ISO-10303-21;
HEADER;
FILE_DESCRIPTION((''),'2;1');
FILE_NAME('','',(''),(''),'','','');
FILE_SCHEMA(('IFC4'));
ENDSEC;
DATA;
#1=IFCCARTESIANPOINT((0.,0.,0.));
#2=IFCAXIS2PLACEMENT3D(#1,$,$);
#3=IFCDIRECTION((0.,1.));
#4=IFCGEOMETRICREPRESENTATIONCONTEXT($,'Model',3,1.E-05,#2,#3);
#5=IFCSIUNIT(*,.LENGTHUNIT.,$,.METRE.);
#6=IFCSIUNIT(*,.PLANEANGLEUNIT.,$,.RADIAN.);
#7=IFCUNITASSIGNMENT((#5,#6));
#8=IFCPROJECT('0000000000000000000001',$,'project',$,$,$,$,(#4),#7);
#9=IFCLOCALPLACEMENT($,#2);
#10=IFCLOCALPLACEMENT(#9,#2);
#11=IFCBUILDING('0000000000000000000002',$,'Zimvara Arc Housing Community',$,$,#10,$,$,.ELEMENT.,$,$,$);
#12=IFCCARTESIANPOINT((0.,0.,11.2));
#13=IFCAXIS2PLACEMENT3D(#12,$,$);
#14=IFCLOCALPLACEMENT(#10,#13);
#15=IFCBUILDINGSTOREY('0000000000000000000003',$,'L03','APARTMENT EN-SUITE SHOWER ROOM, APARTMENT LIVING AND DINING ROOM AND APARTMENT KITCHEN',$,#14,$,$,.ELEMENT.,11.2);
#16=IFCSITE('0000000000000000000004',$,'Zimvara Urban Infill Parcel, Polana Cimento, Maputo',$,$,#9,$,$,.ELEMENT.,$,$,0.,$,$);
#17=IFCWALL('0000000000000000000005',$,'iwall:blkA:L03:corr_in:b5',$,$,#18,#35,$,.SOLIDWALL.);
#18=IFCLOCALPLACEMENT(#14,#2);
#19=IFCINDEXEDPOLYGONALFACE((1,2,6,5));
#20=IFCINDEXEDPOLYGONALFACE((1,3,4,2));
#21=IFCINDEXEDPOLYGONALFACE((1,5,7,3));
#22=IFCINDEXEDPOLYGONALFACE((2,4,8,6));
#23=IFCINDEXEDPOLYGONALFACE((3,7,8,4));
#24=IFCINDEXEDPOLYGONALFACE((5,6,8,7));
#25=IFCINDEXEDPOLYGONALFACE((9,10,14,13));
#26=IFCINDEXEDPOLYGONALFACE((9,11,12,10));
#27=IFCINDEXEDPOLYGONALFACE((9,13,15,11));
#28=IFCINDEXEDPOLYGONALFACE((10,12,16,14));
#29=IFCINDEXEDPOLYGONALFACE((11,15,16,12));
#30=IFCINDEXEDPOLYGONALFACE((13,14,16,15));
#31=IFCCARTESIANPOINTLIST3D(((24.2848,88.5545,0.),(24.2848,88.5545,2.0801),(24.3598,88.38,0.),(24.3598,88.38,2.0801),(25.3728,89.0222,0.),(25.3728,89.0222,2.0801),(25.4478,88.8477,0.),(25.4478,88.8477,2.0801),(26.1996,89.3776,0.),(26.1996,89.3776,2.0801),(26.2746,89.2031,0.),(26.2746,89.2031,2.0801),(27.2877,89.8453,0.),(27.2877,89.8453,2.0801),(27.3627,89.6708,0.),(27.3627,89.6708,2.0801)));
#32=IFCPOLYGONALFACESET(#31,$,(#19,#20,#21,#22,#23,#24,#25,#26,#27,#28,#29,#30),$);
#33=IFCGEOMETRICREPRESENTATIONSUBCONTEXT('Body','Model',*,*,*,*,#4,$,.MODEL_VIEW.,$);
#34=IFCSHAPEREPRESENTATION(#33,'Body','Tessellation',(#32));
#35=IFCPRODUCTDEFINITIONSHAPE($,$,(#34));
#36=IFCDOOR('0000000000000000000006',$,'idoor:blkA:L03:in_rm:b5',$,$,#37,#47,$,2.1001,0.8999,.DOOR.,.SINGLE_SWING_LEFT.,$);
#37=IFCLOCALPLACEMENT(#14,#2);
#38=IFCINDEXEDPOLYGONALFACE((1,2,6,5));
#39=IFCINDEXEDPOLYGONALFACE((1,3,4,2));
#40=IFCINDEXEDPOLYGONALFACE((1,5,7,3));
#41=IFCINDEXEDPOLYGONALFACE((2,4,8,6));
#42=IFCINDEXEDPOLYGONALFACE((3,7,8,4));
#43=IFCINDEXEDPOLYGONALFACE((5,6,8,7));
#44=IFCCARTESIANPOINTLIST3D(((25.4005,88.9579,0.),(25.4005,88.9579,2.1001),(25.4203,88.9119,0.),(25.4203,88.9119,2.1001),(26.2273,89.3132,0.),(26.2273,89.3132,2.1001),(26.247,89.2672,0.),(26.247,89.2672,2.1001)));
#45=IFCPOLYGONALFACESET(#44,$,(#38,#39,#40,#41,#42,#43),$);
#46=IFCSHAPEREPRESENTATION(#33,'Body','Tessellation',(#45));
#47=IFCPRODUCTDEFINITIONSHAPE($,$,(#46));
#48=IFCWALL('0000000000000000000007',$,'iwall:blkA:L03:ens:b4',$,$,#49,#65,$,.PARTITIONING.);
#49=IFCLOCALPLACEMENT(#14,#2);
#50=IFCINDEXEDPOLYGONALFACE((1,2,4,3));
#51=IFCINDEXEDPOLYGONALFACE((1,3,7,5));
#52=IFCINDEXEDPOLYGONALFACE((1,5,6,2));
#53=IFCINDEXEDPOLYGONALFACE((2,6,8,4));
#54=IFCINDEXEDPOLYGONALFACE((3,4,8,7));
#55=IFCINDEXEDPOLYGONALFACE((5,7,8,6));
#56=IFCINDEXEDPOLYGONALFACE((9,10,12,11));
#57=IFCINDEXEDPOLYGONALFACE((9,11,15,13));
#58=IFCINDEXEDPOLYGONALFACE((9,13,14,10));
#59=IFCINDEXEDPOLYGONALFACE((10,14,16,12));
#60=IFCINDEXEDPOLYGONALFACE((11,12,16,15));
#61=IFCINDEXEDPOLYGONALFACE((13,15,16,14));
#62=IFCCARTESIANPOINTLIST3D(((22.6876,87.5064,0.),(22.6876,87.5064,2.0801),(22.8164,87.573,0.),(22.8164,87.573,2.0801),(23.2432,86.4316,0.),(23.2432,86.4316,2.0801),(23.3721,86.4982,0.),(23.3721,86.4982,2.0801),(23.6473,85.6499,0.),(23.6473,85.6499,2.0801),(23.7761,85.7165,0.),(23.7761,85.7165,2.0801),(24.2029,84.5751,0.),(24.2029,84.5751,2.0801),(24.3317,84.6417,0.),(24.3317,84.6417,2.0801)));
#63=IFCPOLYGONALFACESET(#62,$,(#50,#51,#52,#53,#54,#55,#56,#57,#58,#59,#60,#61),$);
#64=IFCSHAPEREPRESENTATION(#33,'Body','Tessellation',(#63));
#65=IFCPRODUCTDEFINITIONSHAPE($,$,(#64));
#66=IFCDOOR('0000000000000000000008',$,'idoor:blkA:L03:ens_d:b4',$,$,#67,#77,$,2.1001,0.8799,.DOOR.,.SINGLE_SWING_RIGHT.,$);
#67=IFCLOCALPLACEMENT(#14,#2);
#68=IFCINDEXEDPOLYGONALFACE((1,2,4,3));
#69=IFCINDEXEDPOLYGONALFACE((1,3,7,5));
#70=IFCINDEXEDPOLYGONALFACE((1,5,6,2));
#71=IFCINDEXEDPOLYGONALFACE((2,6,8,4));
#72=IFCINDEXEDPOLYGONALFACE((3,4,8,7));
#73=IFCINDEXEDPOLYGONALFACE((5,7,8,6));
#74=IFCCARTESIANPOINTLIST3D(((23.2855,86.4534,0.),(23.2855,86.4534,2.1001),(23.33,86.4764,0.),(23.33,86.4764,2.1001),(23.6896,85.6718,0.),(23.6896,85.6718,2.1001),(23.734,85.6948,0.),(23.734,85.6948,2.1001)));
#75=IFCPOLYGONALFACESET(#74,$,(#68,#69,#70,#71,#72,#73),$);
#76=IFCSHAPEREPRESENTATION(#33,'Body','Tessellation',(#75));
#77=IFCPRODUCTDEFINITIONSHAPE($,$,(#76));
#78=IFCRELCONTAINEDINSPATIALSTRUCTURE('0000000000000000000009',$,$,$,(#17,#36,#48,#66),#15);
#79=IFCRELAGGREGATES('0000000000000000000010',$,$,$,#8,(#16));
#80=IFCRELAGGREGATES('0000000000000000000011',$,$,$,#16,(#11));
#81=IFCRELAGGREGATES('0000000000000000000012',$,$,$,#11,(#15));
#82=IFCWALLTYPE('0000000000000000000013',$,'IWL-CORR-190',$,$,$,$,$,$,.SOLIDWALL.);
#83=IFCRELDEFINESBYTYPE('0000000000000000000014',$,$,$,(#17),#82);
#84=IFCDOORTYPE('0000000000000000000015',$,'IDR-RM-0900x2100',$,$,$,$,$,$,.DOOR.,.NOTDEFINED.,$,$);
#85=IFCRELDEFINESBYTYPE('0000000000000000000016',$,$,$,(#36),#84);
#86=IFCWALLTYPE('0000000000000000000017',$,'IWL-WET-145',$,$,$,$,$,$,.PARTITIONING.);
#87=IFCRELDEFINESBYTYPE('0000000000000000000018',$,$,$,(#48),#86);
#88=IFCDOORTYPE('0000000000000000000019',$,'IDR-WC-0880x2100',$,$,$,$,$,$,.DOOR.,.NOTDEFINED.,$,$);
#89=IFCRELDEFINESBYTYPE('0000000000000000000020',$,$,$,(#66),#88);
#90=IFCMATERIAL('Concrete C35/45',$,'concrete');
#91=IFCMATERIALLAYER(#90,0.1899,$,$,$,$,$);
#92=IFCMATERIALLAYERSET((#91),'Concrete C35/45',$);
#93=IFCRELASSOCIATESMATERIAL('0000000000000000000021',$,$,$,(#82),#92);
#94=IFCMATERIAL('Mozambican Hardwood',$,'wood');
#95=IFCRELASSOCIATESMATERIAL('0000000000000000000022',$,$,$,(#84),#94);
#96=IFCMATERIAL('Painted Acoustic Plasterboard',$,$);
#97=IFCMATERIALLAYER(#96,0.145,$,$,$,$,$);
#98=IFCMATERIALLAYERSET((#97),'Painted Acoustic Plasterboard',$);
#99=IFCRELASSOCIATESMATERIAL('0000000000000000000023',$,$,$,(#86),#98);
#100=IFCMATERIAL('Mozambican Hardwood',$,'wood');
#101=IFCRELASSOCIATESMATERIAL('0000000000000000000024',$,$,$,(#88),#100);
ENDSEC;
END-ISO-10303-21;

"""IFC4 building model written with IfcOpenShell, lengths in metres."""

from ifc_helpers import new_model, si_unit, direction, frame, frame_2d, origin, place, context, subcontext, project, spatial, rectangle, extrude, material, layer, layer_set, type_object, element, fill, save


model = new_model("IFC4")

# Units and contexts
model_context = context("Model", 3, precision=1e-05, world=origin(), true_north=direction((0.0, 1.0)))
body_context = subcontext(model_context, "Body", "Model", "MODEL_VIEW")
ifc_project = project(units=[si_unit("LENGTHUNIT", "METRE"), si_unit("PLANEANGLEUNIT", "RADIAN")], contexts=[model_context])

# Site, building, storey
site_placement = place(None, origin())
site = spatial("IfcSite", under=ifc_project, at=site_placement, Name="Zimvara Urban Infill Parcel, Polana Cimento, Maputo", CompositionType="ELEMENT", RefElevation=0.0)
building_placement = place(site_placement, origin())
building = spatial("IfcBuilding", under=site, at=building_placement, Name="Zimvara Arc Housing Community", CompositionType="ELEMENT")
storey_placement = place(building_placement, frame((0.0, 0.0, 11.2)))
storey = spatial("IfcBuildingStorey", under=building, at=storey_placement, Name="L03", Description="APARTMENT EN-SUITE SHOWER ROOM, APARTMENT LIVING AND DINING ROOM AND APARTMENT KITCHEN", CompositionType="ELEMENT", Elevation=11.2)

# Walls, openings, doors
ifc_material_1 = material(Name="Concrete C35/45", Category="concrete")
ifc_layer_1 = layer(ifc_material_1, 0.1899)
ifc_layer_set_1 = layer_set([ifc_layer_1], Name="Concrete C35/45")
wall_type_1 = type_object("IfcWallType", Name="IWL-CORR-190", PredefinedType="SOLIDWALL", material=ifc_layer_set_1)
wall_1_placement = place(storey_placement, frame((24.3223, 88.4673, 0.0), z_axis=(0.0, 0.0, 1.0), x_axis=(0.918723, 0.394902, 0.0)))
wall_1 = element("IfcWall", 1, at=wall_1_placement, inside=storey, type_object=wall_type_1, Name="iwall:blkA:L03:corr_in:b5", PredefinedType="SOLIDWALL", context=body_context, shape_type="SweptSolid", body=[
    extrude(rectangle(XDim=3.2686, YDim=0.1899, at=frame_2d((1.6343, 0.0))), origin(), (0.0, 0.0, 1.0), 2.0801),
])
opening_1_placement = place(wall_1_placement, frame((1.1843, 0.0, 0.0)))
opening_1 = element("IfcOpeningElement", 2, at=opening_1_placement, cuts=wall_1, PredefinedType="OPENING", context=body_context, shape_type="SweptSolid", body=[
    extrude(rectangle(XDim=0.8999, YDim=2.1001, at=frame_2d((0.45, 1.05))), frame((0.0, 0.105, 0.0), z_axis=(0.0, -1.0, 0.0), x_axis=(1.0, 0.0, 0.0)), (0.0, 0.0, 1.0), 0.21),
])
ifc_material_2 = material(Name="Mozambican Hardwood", Category="wood")
door_type_1 = type_object("IfcDoorType", Name="IDR-RM-0900x2100", OperationType="NOTDEFINED", PredefinedType="DOOR", material=ifc_material_2)
door_1_placement = place(opening_1_placement, origin())
door_1 = element("IfcDoor", 3, at=door_1_placement, inside=storey, type_object=door_type_1, Name="idoor:blkA:L03:in_rm:b5", OperationType="SINGLE_SWING_LEFT", OverallHeight=2.1001, OverallWidth=0.8999, PredefinedType="DOOR", context=body_context, shape_type="SweptSolid", body=[
    extrude(rectangle(XDim=0.8999, YDim=2.1001, at=frame_2d((0.45, 1.05))), frame((0.0, 0.0249, 0.0), z_axis=(0.0, -1.0, 0.0), x_axis=(1.0, 0.0, 0.0)), (0.0, 0.0, 1.0), 0.05),
])
fill(opening_1, door_1)
ifc_material_3 = material(Name="Painted Acoustic Plasterboard")
ifc_layer_2 = layer(ifc_material_3, 0.145)
ifc_layer_set_2 = layer_set([ifc_layer_2], Name="Painted Acoustic Plasterboard")
wall_type_2 = type_object("IfcWallType", Name="IWL-WET-145", PredefinedType="PARTITIONING", material=ifc_layer_set_2)
wall_2_placement = place(storey_placement, frame((24.2673, 84.6084, 0.0), z_axis=(0.0, 0.0, 1.0), x_axis=(-0.459218, 0.888324, 0.0)))
wall_2 = element("IfcWall", 4, at=wall_2_placement, inside=storey, type_object=wall_type_2, Name="iwall:blkA:L03:ens:b4", PredefinedType="PARTITIONING", context=body_context, shape_type="SweptSolid", body=[
    extrude(rectangle(XDim=3.2998, YDim=0.145, at=frame_2d((1.6499, 0.0))), origin(), (0.0, 0.0, 1.0), 2.0801),
])
opening_2_placement = place(wall_2_placement, frame((1.21, 0.0, 0.0)))
opening_2 = element("IfcOpeningElement", 5, at=opening_2_placement, cuts=wall_2, PredefinedType="OPENING", context=body_context, shape_type="SweptSolid", body=[
    extrude(rectangle(XDim=0.8799, YDim=2.1001, at=frame_2d((0.4399, 1.05))), frame((0.0, 0.0825, 0.0), z_axis=(0.0, -1.0, 0.0), x_axis=(1.0, 0.0, 0.0)), (0.0, 0.0, 1.0), 0.165),
])
ifc_material_4 = material(Name="Mozambican Hardwood", Category="wood")
door_type_2 = type_object("IfcDoorType", Name="IDR-WC-0880x2100", OperationType="NOTDEFINED", PredefinedType="DOOR", material=ifc_material_4)
door_2_placement = place(opening_2_placement, origin())
door_2 = element("IfcDoor", 6, at=door_2_placement, inside=storey, type_object=door_type_2, Name="idoor:blkA:L03:ens_d:b4", OperationType="SINGLE_SWING_RIGHT", OverallHeight=2.1001, OverallWidth=0.8799, PredefinedType="DOOR", context=body_context, shape_type="SweptSolid", body=[
    extrude(rectangle(XDim=0.8799, YDim=2.1001, at=frame_2d((0.4399, 1.05))), frame((0.0, 0.0249, 0.0), z_axis=(0.0, -1.0, 0.0), x_axis=(1.0, 0.0, 0.0)), (0.0, 0.0, 1.0), 0.05),
])
fill(opening_2, door_2)

save(model, "model.ifc")
